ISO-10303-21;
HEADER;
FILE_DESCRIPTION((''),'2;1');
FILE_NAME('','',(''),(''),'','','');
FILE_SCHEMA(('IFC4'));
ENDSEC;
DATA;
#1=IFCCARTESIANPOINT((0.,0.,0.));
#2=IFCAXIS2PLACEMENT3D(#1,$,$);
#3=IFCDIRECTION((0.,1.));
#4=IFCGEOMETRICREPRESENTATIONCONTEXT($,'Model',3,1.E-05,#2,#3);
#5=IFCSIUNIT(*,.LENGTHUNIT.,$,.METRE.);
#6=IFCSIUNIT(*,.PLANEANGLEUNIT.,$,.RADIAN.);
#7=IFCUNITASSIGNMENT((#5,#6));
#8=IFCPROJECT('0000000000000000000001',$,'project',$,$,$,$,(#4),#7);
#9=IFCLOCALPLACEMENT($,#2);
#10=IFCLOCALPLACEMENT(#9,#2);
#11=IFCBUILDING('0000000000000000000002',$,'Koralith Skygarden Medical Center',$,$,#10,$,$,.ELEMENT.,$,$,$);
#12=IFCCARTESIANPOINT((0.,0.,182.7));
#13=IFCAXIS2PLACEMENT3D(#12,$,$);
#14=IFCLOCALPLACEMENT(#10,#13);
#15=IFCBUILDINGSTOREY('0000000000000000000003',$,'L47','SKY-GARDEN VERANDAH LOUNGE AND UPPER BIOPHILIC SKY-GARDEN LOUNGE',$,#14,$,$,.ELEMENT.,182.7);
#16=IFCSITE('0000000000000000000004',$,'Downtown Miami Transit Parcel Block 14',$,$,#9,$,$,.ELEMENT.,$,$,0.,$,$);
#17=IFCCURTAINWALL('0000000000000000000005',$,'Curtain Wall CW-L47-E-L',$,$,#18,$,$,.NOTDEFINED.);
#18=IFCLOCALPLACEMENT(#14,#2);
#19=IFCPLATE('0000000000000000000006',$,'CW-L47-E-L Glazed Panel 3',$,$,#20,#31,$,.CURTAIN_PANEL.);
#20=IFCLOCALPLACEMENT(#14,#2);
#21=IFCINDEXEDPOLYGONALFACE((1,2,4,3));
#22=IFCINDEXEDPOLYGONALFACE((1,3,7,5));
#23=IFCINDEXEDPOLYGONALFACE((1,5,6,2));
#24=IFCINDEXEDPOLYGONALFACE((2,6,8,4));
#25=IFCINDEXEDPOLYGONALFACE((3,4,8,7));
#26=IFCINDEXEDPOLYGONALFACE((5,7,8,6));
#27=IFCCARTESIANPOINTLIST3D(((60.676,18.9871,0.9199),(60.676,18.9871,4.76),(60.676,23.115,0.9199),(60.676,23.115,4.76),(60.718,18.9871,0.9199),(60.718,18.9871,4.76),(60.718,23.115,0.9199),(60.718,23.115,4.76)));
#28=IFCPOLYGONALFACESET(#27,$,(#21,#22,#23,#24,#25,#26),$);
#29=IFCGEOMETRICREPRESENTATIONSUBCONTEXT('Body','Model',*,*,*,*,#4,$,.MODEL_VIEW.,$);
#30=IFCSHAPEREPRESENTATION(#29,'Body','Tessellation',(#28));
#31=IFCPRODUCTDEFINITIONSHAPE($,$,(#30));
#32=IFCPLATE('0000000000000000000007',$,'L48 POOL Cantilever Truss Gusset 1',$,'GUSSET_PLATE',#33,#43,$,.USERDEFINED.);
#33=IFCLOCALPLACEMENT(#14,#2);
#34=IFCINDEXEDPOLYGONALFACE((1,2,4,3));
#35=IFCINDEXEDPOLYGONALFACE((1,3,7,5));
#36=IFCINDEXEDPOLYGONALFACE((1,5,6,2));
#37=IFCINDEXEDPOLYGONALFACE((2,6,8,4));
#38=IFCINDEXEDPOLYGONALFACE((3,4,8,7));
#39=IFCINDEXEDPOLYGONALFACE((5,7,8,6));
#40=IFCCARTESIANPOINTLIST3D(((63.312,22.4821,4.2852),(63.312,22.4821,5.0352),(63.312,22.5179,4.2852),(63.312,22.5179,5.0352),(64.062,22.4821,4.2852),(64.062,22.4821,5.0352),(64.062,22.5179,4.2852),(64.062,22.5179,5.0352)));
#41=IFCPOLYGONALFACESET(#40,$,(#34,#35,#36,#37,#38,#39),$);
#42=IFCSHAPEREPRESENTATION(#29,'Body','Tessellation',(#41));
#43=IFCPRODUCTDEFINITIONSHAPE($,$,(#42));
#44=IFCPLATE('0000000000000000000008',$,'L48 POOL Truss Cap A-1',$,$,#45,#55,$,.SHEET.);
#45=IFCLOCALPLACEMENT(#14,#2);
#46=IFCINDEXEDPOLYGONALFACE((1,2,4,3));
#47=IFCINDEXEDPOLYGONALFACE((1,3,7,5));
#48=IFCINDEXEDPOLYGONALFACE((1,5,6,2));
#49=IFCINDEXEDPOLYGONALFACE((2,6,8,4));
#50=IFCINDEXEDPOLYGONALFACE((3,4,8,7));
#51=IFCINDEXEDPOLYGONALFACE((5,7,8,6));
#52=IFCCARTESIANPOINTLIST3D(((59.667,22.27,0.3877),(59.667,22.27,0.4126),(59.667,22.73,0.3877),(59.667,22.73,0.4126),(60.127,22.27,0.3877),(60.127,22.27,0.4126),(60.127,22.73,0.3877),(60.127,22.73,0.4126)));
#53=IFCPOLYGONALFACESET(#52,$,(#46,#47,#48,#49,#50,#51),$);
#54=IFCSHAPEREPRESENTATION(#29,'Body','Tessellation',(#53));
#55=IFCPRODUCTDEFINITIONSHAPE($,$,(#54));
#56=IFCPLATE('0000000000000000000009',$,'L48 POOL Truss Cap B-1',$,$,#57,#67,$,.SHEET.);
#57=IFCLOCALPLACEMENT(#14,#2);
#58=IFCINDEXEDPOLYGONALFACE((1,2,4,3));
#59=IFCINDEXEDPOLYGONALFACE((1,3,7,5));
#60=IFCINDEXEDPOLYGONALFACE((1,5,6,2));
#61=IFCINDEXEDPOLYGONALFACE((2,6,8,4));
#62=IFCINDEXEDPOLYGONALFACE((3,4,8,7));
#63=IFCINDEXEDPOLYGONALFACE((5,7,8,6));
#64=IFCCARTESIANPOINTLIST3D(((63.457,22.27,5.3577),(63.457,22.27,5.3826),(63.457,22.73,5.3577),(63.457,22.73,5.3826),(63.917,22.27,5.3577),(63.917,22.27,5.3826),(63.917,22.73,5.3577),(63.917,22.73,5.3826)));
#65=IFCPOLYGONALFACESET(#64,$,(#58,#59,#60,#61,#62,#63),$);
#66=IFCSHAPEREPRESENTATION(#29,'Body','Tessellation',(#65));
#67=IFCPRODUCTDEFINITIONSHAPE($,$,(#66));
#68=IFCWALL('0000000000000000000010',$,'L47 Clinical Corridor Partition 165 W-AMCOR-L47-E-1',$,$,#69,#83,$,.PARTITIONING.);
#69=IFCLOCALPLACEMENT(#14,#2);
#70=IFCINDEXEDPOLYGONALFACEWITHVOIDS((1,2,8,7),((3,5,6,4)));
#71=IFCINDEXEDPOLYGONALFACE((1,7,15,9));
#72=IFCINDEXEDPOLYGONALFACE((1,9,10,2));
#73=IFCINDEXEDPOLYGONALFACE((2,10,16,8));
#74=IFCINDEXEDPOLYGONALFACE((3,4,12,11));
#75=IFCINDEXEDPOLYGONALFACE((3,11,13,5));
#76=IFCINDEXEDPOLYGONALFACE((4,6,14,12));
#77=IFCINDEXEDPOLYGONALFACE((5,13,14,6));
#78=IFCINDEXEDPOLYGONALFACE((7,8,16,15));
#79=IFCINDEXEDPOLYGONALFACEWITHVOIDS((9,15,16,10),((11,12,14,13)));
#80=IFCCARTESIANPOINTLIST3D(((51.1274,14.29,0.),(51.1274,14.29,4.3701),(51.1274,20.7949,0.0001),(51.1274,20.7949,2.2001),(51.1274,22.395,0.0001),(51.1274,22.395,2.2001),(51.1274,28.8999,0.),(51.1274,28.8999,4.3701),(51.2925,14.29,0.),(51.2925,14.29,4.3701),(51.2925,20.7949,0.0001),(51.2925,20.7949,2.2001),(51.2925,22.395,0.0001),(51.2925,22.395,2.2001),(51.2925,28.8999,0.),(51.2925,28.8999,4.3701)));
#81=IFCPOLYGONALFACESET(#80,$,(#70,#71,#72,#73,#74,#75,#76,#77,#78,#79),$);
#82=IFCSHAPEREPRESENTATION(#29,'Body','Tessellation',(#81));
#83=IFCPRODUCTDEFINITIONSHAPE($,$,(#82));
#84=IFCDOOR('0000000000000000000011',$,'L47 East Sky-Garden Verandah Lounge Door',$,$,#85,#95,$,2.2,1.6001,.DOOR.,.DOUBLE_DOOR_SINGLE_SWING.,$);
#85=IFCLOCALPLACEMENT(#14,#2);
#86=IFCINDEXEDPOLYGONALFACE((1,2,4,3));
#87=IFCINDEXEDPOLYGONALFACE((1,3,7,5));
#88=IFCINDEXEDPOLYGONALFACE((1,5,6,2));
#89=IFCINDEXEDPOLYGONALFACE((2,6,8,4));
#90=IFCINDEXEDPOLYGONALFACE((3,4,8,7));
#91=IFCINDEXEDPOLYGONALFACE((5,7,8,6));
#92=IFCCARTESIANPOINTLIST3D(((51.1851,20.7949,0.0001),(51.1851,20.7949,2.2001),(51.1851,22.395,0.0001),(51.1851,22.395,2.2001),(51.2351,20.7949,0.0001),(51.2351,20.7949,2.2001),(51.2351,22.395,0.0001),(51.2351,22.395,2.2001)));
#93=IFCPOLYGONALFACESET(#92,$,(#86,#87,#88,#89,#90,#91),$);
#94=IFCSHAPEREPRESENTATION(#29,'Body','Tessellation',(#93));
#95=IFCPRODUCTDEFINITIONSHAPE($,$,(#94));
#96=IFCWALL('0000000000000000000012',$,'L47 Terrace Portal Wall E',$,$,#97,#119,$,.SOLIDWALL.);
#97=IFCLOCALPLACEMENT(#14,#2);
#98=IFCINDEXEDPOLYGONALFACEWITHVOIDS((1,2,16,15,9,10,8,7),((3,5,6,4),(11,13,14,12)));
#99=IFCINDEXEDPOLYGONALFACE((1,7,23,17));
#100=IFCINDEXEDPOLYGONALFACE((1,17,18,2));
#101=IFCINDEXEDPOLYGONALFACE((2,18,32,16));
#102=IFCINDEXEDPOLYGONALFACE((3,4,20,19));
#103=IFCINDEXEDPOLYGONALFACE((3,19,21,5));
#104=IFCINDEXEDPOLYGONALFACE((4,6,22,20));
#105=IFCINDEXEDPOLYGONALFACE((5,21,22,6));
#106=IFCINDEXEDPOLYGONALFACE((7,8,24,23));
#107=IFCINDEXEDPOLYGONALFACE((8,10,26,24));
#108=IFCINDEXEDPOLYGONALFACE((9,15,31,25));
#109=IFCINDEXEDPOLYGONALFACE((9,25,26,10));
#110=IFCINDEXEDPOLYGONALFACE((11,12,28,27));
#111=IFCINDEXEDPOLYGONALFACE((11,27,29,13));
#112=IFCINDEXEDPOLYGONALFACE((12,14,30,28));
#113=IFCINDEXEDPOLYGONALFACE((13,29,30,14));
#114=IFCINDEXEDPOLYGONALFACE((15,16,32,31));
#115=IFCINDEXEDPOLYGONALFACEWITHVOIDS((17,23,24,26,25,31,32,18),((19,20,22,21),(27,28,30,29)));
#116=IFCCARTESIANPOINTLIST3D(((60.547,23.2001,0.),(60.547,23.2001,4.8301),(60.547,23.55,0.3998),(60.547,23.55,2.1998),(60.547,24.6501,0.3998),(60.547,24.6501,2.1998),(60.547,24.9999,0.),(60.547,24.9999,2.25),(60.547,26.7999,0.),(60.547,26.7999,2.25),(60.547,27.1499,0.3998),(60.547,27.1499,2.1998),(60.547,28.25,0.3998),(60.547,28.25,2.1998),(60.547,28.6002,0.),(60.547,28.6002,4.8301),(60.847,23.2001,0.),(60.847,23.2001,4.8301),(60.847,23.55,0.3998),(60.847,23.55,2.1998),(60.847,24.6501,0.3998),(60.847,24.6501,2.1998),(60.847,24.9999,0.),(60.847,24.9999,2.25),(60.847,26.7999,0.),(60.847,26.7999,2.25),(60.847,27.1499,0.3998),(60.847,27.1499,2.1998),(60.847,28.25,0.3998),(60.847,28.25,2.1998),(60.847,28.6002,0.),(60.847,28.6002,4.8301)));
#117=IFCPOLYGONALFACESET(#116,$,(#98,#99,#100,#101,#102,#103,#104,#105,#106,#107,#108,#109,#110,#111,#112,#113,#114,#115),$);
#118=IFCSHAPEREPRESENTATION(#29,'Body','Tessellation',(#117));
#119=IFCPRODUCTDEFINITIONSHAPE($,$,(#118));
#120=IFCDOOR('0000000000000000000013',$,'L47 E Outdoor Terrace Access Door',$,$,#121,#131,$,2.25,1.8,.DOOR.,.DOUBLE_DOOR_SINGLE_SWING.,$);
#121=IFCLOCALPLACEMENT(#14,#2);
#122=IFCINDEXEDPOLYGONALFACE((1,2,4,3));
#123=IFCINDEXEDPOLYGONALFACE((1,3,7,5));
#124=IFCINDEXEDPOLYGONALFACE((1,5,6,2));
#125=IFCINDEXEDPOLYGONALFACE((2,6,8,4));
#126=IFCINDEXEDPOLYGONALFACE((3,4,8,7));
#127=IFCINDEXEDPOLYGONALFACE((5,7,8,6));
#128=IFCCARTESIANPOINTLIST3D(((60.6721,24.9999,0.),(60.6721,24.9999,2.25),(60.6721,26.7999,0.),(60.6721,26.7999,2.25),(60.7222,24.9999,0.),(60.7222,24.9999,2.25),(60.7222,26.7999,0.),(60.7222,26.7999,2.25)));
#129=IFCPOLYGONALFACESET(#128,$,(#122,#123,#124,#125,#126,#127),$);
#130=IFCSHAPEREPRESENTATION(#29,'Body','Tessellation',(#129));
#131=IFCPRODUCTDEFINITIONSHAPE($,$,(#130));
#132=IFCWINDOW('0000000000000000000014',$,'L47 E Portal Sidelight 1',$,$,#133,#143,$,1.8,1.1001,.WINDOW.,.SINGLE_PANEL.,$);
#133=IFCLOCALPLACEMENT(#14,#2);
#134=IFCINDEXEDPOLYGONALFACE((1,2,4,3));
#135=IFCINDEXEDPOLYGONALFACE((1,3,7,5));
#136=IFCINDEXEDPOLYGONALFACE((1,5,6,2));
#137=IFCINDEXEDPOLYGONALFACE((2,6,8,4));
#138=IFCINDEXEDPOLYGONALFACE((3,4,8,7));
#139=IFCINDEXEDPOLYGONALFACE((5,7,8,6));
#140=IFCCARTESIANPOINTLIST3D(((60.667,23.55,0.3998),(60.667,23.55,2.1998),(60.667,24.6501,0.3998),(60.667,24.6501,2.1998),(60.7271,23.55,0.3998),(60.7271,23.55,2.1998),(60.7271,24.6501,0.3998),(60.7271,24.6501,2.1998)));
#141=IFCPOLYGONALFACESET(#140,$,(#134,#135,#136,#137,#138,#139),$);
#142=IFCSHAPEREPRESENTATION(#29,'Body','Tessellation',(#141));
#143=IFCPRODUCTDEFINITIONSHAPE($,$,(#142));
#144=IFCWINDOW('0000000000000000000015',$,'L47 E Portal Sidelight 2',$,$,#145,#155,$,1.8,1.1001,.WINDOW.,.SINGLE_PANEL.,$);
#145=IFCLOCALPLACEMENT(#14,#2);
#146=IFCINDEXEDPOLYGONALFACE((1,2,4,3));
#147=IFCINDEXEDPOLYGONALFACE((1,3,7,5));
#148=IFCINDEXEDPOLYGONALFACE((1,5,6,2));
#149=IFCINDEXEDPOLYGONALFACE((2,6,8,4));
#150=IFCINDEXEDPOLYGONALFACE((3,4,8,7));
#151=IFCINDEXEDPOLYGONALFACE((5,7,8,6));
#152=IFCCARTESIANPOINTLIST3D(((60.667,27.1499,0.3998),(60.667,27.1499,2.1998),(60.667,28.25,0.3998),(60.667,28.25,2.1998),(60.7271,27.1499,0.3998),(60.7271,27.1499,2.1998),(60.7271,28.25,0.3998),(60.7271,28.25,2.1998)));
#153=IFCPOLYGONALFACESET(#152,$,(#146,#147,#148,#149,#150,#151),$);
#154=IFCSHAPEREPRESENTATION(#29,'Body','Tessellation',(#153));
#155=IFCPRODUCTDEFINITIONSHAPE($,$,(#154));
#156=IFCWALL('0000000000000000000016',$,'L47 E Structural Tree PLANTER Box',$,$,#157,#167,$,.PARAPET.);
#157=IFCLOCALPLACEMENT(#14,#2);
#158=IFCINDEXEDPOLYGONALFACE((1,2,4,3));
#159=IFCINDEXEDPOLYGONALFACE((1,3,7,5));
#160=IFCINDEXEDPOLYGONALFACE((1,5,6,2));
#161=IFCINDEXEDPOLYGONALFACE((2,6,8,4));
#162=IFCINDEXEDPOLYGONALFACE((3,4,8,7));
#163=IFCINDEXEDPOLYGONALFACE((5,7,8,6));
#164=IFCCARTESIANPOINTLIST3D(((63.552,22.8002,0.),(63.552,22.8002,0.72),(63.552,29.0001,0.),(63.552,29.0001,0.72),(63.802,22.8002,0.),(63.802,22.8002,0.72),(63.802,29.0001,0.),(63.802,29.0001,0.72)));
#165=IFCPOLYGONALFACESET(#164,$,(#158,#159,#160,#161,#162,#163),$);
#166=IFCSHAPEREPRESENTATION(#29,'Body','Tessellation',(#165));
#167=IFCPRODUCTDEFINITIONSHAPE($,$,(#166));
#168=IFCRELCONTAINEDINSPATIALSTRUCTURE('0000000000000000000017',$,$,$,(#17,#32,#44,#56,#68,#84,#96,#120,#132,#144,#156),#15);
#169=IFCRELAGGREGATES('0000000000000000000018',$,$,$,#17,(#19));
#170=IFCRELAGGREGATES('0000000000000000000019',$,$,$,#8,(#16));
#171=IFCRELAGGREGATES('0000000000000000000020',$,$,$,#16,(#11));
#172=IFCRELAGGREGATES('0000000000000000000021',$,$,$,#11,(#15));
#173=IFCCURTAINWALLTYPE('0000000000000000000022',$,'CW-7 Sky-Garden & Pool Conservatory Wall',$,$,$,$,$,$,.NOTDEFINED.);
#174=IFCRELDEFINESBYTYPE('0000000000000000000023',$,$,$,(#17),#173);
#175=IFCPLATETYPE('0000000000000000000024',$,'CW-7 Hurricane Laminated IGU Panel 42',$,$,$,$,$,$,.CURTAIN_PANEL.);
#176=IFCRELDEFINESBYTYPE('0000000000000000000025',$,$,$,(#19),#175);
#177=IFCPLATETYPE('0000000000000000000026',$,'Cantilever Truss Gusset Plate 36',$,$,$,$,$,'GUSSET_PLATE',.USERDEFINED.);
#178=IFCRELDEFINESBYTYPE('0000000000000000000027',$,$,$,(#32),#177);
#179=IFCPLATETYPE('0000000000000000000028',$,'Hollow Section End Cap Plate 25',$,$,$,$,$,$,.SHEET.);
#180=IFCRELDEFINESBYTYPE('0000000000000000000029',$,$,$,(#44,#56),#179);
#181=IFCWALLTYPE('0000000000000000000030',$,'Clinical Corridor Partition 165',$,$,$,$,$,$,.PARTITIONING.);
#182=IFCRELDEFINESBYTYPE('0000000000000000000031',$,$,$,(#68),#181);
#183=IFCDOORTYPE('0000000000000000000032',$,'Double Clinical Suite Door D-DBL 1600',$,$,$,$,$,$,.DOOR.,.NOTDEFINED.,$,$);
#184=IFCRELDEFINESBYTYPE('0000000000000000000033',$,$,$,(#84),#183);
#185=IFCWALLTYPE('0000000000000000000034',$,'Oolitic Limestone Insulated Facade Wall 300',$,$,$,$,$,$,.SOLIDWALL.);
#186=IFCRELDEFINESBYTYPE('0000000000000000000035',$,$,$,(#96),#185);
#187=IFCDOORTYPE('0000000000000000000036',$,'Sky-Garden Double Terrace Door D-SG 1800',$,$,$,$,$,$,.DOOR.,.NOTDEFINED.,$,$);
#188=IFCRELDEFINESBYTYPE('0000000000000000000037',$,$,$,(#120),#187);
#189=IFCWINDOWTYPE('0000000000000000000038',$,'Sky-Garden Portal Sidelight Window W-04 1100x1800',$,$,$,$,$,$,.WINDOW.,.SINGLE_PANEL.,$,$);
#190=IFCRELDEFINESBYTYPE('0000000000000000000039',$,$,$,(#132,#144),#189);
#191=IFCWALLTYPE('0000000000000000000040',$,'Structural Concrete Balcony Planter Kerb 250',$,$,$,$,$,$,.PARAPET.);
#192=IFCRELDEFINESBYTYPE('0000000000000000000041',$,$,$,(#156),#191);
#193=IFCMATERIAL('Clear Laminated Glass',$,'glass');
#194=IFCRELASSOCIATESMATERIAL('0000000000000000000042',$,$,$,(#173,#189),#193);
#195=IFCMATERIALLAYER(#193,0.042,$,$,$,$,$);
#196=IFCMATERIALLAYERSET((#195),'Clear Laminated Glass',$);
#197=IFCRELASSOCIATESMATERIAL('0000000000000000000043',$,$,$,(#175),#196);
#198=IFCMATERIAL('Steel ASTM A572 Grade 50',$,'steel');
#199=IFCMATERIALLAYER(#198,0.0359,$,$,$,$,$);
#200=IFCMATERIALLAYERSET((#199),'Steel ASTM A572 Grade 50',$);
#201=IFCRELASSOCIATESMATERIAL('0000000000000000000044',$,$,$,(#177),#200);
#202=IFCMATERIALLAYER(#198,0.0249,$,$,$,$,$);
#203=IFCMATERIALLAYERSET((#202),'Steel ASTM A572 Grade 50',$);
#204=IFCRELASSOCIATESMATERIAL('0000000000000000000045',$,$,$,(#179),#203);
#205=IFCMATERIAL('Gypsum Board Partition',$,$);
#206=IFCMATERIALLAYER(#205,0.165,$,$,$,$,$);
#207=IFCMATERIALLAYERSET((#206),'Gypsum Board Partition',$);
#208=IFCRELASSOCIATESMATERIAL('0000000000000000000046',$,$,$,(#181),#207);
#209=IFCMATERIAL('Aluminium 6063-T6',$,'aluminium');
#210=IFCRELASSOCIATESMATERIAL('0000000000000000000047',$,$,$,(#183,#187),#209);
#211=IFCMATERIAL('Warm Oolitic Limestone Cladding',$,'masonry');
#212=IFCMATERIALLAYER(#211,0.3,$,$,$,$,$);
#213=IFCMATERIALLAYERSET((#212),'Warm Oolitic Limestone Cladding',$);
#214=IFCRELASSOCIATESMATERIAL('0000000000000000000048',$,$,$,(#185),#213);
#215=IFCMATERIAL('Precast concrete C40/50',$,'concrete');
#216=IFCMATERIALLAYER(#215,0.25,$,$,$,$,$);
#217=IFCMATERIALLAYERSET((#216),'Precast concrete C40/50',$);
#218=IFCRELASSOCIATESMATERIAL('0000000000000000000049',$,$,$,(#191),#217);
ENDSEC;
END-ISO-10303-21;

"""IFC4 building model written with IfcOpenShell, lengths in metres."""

from ifc_helpers import new_model, si_unit, direction, frame, frame_2d, origin, origin_2d, place, context, subcontext, project, spatial, rectangle, extrude, material, layer, layer_set, type_object, element, fill, aggregate, save


model = new_model("IFC4")

# Units and contexts
model_context = context("Model", 3, precision=1e-05, world=origin(), true_north=direction((0.0, 1.0)))
body_context = subcontext(model_context, "Body", "Model", "MODEL_VIEW")
ifc_project = project(units=[si_unit("LENGTHUNIT", "METRE"), si_unit("PLANEANGLEUNIT", "RADIAN")], contexts=[model_context])

# Site, building, storey
site_placement = place(None, origin())
site = spatial("IfcSite", under=ifc_project, at=site_placement, Name="Downtown Miami Transit Parcel Block 14", CompositionType="ELEMENT", RefElevation=0.0)
building_placement = place(site_placement, origin())
building = spatial("IfcBuilding", under=site, at=building_placement, Name="Koralith Skygarden Medical Center", CompositionType="ELEMENT")
storey_placement = place(building_placement, frame((0.0, 0.0, 182.7)))
storey = spatial("IfcBuildingStorey", under=building, at=storey_placement, Name="L47", Description="SKY-GARDEN VERANDAH LOUNGE AND UPPER BIOPHILIC SKY-GARDEN LOUNGE", CompositionType="ELEMENT", Elevation=182.7)

# Curtain wall
ifc_material_1 = material(Name="Clear Laminated Glass", Category="glass")
curtain_wall_type = type_object("IfcCurtainWallType", Name="CW-7 Sky-Garden & Pool Conservatory Wall", PredefinedType="NOTDEFINED", material=ifc_material_1)
curtain_wall_placement = place(storey_placement, origin())
curtain_wall = element("IfcCurtainWall", 1, at=curtain_wall_placement, inside=storey, type_object=curtain_wall_type, Name="Curtain Wall CW-L47-E-L", PredefinedType="NOTDEFINED")
ifc_material_2 = material(Name="Aluminium 6063-T6", Category="aluminium")

# Plate
ifc_layer_1 = layer(ifc_material_1, 0.042)
ifc_layer_set_1 = layer_set([ifc_layer_1], Name="Clear Laminated Glass")
plate_type_1 = type_object("IfcPlateType", Name="CW-7 Hurricane Laminated IGU Panel 42", PredefinedType="CURTAIN_PANEL", material=ifc_layer_set_1)
plate_1_placement = place(storey_placement, frame((60.697, 21.051, 0.9199), z_axis=(0.0, 0.0, 1.0), x_axis=(0.0, 1.0, 0.0)))
plate_1 = element("IfcPlate", 2, at=plate_1_placement, type_object=plate_type_1, Name="CW-L47-E-L Glazed Panel 3", PredefinedType="CURTAIN_PANEL", context=body_context, shape_type="SweptSolid", body=[
    extrude(rectangle(XDim=4.1279, YDim=0.042, at=origin_2d()), origin(), (0.0, 0.0, 1.0), 3.8401),
])
aggregate(curtain_wall, [plate_1])

# Plates
ifc_material_3 = material(Name="Steel ASTM A572 Grade 50", Category="steel")
ifc_layer_2 = layer(ifc_material_3, 0.0359)
ifc_layer_set_2 = layer_set([ifc_layer_2], Name="Steel ASTM A572 Grade 50")
plate_type_2 = type_object("IfcPlateType", Name="Cantilever Truss Gusset Plate 36", ElementType="GUSSET_PLATE", PredefinedType="USERDEFINED", material=ifc_layer_set_2)
plate_2_placement = place(storey_placement, frame((63.687, 22.5, 4.2852), z_axis=(0.0, 0.0, 1.0), x_axis=(1.0, 0.0, 0.0)))
element("IfcPlate", 3, at=plate_2_placement, inside=storey, type_object=plate_type_2, Name="L48 POOL Cantilever Truss Gusset 1", ObjectType="GUSSET_PLATE", PredefinedType="USERDEFINED", context=body_context, shape_type="SweptSolid", body=[
    extrude(rectangle(XDim=0.75, YDim=0.0359, at=origin_2d()), origin(), (0.0, 0.0, 1.0), 0.75),
])
ifc_layer_3 = layer(ifc_material_3, 0.0249)
ifc_layer_set_3 = layer_set([ifc_layer_3], Name="Steel ASTM A572 Grade 50")
plate_type_3 = type_object("IfcPlateType", Name="Hollow Section End Cap Plate 25", PredefinedType="SHEET", material=ifc_layer_set_3)
for number, where, z_axis, x_axis, name in (
    (4, (59.897, 22.5, 0.3877), (0.0, 0.0, 1.0), (1.0, 0.0, 0.0), "L48 POOL Truss Cap A-1"),
    (5, (63.687, 22.5, 5.3577), (0.0, 0.0, 1.0), (1.0, 0.0, 0.0), "L48 POOL Truss Cap B-1"),
):
    element("IfcPlate", number, at=place(storey_placement, frame(where, z_axis=z_axis, x_axis=x_axis)), inside=storey, type_object=plate_type_3, Name=name, PredefinedType="SHEET", context=body_context, shape_type="SweptSolid", body=[
        extrude(rectangle(XDim=0.46, YDim=0.46, at=origin_2d()), origin(), (0.0, 0.0, 1.0), 0.0249),
    ])

# Wall, opening, door
ifc_material_4 = material(Name="Gypsum Board Partition")
ifc_layer_4 = layer(ifc_material_4, 0.165)
ifc_layer_set_4 = layer_set([ifc_layer_4], Name="Gypsum Board Partition")
wall_type_1 = type_object("IfcWallType", Name="Clinical Corridor Partition 165", PredefinedType="PARTITIONING", material=ifc_layer_set_4)
wall_1_placement = place(storey_placement, frame((51.21, 14.29, 0.0), z_axis=(0.0, 0.0, 1.0), x_axis=(0.0, 1.0, 0.0)))
wall_1 = element("IfcWall", 6, at=wall_1_placement, inside=storey, type_object=wall_type_1, Name="L47 Clinical Corridor Partition 165 W-AMCOR-L47-E-1", PredefinedType="PARTITIONING", context=body_context, shape_type="SweptSolid", body=[
    extrude(rectangle(XDim=14.6099, YDim=0.165, at=frame_2d((7.3049, 0.0))), origin(), (0.0, 0.0, 1.0), 4.3701),
])
opening_1_placement = place(wall_1_placement, frame((6.5049, 0.0, 0.0)))
opening_1 = element("IfcOpeningElement", 7, at=opening_1_placement, cuts=wall_1, PredefinedType="OPENING", context=body_context, shape_type="SweptSolid", body=[
    extrude(rectangle(XDim=1.6001, YDim=2.2, at=frame_2d((0.8, 1.1001))), frame((0.0, 0.0925, 0.0), z_axis=(0.0, -1.0, 0.0), x_axis=(1.0, 0.0, 0.0)), (0.0, 0.0, 1.0), 0.1851),
])
door_type_1 = type_object("IfcDoorType", Name="Double Clinical Suite Door D-DBL 1600", OperationType="NOTDEFINED", PredefinedType="DOOR", material=ifc_material_2)
door_1_placement = place(opening_1_placement, origin())
door_1 = element("IfcDoor", 8, at=door_1_placement, inside=storey, type_object=door_type_1, Name="L47 East Sky-Garden Verandah Lounge Door", OperationType="DOUBLE_DOOR_SINGLE_SWING", OverallHeight=2.2, OverallWidth=1.6001, PredefinedType="DOOR", context=body_context, shape_type="SweptSolid", body=[
    extrude(rectangle(XDim=1.6001, YDim=2.2, at=frame_2d((0.8, 1.1001))), frame((0.0, 0.0249, 0.0), z_axis=(0.0, -1.0, 0.0), x_axis=(1.0, 0.0, 0.0)), (0.0, 0.0, 1.0), 0.05),
])
fill(opening_1, door_1)

# Wall, openings, door, windows
ifc_material_5 = material(Name="Warm Oolitic Limestone Cladding", Category="masonry")
ifc_layer_5 = layer(ifc_material_5, 0.3)
ifc_layer_set_5 = layer_set([ifc_layer_5], Name="Warm Oolitic Limestone Cladding")
wall_type_2 = type_object("IfcWallType", Name="Oolitic Limestone Insulated Facade Wall 300", PredefinedType="SOLIDWALL", material=ifc_layer_set_5)
wall_2_placement = place(storey_placement, frame((60.697, 23.2, 0.0), z_axis=(0.0, 0.0, 1.0), x_axis=(0.0, 1.0, 0.0)))
wall_2 = element("IfcWall", 9, at=wall_2_placement, inside=storey, type_object=wall_type_2, Name="L47 Terrace Portal Wall E", PredefinedType="SOLIDWALL", context=body_context, shape_type="SweptSolid", body=[
    extrude(rectangle(XDim=5.4001, YDim=0.3, at=frame_2d((2.7002, 0.0))), origin(), (0.0, 0.0, 1.0), 4.8301),
])
opening_2_placement = place(wall_2_placement, frame((1.8, 0.0, 0.0)))
opening_2 = element("IfcOpeningElement", 10, at=opening_2_placement, cuts=wall_2, PredefinedType="OPENING", context=body_context, shape_type="SweptSolid", body=[
    extrude(rectangle(XDim=1.8, YDim=2.25, at=frame_2d((0.8999, 1.125))), frame((0.0, 0.1599, 0.0), z_axis=(0.0, -1.0, 0.0), x_axis=(1.0, 0.0, 0.0)), (0.0, 0.0, 1.0), 0.3201),
])
opening_3_placement = place(wall_2_placement, frame((0.3501, 0.0, 0.3999)))
opening_3 = element("IfcOpeningElement", 11, at=opening_3_placement, cuts=wall_2, PredefinedType="OPENING", context=body_context, shape_type="SweptSolid", body=[
    extrude(rectangle(XDim=1.1001, YDim=1.8, at=frame_2d((0.55, 0.8999))), frame((0.0, 0.1599, 0.0), z_axis=(0.0, -1.0, 0.0), x_axis=(1.0, 0.0, 0.0)), (0.0, 0.0, 1.0), 0.3201),
])
opening_4_placement = place(wall_2_placement, frame((3.95, 0.0, 0.3999)))
opening_4 = element("IfcOpeningElement", 12, at=opening_4_placement, cuts=wall_2, PredefinedType="OPENING", context=body_context, shape_type="SweptSolid", body=[
    extrude(rectangle(XDim=1.1001, YDim=1.8, at=frame_2d((0.55, 0.8999))), frame((0.0, 0.1599, 0.0), z_axis=(0.0, -1.0, 0.0), x_axis=(1.0, 0.0, 0.0)), (0.0, 0.0, 1.0), 0.3201),
])
door_type_2 = type_object("IfcDoorType", Name="Sky-Garden Double Terrace Door D-SG 1800", OperationType="NOTDEFINED", PredefinedType="DOOR", material=ifc_material_2)
door_2_placement = place(opening_2_placement, origin())
door_2 = element("IfcDoor", 13, at=door_2_placement, inside=storey, type_object=door_type_2, Name="L47 E Outdoor Terrace Access Door", OperationType="DOUBLE_DOOR_SINGLE_SWING", OverallHeight=2.25, OverallWidth=1.8, PredefinedType="DOOR", context=body_context, shape_type="SweptSolid", body=[
    extrude(rectangle(XDim=1.8, YDim=2.25, at=frame_2d((0.8999, 1.125))), frame((0.0, 0.0249, 0.0), z_axis=(0.0, -1.0, 0.0), x_axis=(1.0, 0.0, 0.0)), (0.0, 0.0, 1.0), 0.05),
])
fill(opening_2, door_2)
window_type = type_object("IfcWindowType", Name="Sky-Garden Portal Sidelight Window W-04 1100x1800", PartitioningType="SINGLE_PANEL", PredefinedType="WINDOW", material=ifc_material_1)
window_1_placement = place(opening_3_placement, origin())
window_1 = element("IfcWindow", 14, at=window_1_placement, inside=storey, type_object=window_type, Name="L47 E Portal Sidelight 1", OverallHeight=1.8, OverallWidth=1.1001, PartitioningType="SINGLE_PANEL", PredefinedType="WINDOW", context=body_context, shape_type="SweptSolid", body=[
    extrude(rectangle(XDim=1.1001, YDim=1.8, at=frame_2d((0.55, 0.8999))), frame((0.0, 0.03, 0.0), z_axis=(0.0, -1.0, 0.0), x_axis=(1.0, 0.0, 0.0)), (0.0, 0.0, 1.0), 0.0601),
])
fill(opening_3, window_1)
window_2_placement = place(opening_4_placement, origin())
window_2 = element("IfcWindow", 15, at=window_2_placement, inside=storey, type_object=window_type, Name="L47 E Portal Sidelight 2", OverallHeight=1.8, OverallWidth=1.1001, PartitioningType="SINGLE_PANEL", PredefinedType="WINDOW", context=body_context, shape_type="SweptSolid", body=[
    extrude(rectangle(XDim=1.1001, YDim=1.8, at=frame_2d((0.55, 0.8999))), frame((0.0, 0.03, 0.0), z_axis=(0.0, -1.0, 0.0), x_axis=(1.0, 0.0, 0.0)), (0.0, 0.0, 1.0), 0.0601),
])
fill(opening_4, window_2)

# Wall
ifc_material_6 = material(Name="Precast concrete C40/50", Category="concrete")
ifc_layer_6 = layer(ifc_material_6, 0.25)
ifc_layer_set_6 = layer_set([ifc_layer_6], Name="Precast concrete C40/50")
wall_type_3 = type_object("IfcWallType", Name="Structural Concrete Balcony Planter Kerb 250", PredefinedType="PARAPET", material=ifc_layer_set_6)
wall_3_placement = place(storey_placement, frame((63.677, 22.8, 0.0), z_axis=(0.0, 0.0, 1.0), x_axis=(0.0, 1.0, 0.0)))
element("IfcWall", 16, at=wall_3_placement, inside=storey, type_object=wall_type_3, Name="L47 E Structural Tree PLANTER Box", PredefinedType="PARAPET", context=body_context, shape_type="SweptSolid", body=[
    extrude(rectangle(XDim=6.2, YDim=0.25, at=frame_2d((3.1001, 0.0))), origin(), (0.0, 0.0, 1.0), 0.72),
])

save(model, "model.ifc")
